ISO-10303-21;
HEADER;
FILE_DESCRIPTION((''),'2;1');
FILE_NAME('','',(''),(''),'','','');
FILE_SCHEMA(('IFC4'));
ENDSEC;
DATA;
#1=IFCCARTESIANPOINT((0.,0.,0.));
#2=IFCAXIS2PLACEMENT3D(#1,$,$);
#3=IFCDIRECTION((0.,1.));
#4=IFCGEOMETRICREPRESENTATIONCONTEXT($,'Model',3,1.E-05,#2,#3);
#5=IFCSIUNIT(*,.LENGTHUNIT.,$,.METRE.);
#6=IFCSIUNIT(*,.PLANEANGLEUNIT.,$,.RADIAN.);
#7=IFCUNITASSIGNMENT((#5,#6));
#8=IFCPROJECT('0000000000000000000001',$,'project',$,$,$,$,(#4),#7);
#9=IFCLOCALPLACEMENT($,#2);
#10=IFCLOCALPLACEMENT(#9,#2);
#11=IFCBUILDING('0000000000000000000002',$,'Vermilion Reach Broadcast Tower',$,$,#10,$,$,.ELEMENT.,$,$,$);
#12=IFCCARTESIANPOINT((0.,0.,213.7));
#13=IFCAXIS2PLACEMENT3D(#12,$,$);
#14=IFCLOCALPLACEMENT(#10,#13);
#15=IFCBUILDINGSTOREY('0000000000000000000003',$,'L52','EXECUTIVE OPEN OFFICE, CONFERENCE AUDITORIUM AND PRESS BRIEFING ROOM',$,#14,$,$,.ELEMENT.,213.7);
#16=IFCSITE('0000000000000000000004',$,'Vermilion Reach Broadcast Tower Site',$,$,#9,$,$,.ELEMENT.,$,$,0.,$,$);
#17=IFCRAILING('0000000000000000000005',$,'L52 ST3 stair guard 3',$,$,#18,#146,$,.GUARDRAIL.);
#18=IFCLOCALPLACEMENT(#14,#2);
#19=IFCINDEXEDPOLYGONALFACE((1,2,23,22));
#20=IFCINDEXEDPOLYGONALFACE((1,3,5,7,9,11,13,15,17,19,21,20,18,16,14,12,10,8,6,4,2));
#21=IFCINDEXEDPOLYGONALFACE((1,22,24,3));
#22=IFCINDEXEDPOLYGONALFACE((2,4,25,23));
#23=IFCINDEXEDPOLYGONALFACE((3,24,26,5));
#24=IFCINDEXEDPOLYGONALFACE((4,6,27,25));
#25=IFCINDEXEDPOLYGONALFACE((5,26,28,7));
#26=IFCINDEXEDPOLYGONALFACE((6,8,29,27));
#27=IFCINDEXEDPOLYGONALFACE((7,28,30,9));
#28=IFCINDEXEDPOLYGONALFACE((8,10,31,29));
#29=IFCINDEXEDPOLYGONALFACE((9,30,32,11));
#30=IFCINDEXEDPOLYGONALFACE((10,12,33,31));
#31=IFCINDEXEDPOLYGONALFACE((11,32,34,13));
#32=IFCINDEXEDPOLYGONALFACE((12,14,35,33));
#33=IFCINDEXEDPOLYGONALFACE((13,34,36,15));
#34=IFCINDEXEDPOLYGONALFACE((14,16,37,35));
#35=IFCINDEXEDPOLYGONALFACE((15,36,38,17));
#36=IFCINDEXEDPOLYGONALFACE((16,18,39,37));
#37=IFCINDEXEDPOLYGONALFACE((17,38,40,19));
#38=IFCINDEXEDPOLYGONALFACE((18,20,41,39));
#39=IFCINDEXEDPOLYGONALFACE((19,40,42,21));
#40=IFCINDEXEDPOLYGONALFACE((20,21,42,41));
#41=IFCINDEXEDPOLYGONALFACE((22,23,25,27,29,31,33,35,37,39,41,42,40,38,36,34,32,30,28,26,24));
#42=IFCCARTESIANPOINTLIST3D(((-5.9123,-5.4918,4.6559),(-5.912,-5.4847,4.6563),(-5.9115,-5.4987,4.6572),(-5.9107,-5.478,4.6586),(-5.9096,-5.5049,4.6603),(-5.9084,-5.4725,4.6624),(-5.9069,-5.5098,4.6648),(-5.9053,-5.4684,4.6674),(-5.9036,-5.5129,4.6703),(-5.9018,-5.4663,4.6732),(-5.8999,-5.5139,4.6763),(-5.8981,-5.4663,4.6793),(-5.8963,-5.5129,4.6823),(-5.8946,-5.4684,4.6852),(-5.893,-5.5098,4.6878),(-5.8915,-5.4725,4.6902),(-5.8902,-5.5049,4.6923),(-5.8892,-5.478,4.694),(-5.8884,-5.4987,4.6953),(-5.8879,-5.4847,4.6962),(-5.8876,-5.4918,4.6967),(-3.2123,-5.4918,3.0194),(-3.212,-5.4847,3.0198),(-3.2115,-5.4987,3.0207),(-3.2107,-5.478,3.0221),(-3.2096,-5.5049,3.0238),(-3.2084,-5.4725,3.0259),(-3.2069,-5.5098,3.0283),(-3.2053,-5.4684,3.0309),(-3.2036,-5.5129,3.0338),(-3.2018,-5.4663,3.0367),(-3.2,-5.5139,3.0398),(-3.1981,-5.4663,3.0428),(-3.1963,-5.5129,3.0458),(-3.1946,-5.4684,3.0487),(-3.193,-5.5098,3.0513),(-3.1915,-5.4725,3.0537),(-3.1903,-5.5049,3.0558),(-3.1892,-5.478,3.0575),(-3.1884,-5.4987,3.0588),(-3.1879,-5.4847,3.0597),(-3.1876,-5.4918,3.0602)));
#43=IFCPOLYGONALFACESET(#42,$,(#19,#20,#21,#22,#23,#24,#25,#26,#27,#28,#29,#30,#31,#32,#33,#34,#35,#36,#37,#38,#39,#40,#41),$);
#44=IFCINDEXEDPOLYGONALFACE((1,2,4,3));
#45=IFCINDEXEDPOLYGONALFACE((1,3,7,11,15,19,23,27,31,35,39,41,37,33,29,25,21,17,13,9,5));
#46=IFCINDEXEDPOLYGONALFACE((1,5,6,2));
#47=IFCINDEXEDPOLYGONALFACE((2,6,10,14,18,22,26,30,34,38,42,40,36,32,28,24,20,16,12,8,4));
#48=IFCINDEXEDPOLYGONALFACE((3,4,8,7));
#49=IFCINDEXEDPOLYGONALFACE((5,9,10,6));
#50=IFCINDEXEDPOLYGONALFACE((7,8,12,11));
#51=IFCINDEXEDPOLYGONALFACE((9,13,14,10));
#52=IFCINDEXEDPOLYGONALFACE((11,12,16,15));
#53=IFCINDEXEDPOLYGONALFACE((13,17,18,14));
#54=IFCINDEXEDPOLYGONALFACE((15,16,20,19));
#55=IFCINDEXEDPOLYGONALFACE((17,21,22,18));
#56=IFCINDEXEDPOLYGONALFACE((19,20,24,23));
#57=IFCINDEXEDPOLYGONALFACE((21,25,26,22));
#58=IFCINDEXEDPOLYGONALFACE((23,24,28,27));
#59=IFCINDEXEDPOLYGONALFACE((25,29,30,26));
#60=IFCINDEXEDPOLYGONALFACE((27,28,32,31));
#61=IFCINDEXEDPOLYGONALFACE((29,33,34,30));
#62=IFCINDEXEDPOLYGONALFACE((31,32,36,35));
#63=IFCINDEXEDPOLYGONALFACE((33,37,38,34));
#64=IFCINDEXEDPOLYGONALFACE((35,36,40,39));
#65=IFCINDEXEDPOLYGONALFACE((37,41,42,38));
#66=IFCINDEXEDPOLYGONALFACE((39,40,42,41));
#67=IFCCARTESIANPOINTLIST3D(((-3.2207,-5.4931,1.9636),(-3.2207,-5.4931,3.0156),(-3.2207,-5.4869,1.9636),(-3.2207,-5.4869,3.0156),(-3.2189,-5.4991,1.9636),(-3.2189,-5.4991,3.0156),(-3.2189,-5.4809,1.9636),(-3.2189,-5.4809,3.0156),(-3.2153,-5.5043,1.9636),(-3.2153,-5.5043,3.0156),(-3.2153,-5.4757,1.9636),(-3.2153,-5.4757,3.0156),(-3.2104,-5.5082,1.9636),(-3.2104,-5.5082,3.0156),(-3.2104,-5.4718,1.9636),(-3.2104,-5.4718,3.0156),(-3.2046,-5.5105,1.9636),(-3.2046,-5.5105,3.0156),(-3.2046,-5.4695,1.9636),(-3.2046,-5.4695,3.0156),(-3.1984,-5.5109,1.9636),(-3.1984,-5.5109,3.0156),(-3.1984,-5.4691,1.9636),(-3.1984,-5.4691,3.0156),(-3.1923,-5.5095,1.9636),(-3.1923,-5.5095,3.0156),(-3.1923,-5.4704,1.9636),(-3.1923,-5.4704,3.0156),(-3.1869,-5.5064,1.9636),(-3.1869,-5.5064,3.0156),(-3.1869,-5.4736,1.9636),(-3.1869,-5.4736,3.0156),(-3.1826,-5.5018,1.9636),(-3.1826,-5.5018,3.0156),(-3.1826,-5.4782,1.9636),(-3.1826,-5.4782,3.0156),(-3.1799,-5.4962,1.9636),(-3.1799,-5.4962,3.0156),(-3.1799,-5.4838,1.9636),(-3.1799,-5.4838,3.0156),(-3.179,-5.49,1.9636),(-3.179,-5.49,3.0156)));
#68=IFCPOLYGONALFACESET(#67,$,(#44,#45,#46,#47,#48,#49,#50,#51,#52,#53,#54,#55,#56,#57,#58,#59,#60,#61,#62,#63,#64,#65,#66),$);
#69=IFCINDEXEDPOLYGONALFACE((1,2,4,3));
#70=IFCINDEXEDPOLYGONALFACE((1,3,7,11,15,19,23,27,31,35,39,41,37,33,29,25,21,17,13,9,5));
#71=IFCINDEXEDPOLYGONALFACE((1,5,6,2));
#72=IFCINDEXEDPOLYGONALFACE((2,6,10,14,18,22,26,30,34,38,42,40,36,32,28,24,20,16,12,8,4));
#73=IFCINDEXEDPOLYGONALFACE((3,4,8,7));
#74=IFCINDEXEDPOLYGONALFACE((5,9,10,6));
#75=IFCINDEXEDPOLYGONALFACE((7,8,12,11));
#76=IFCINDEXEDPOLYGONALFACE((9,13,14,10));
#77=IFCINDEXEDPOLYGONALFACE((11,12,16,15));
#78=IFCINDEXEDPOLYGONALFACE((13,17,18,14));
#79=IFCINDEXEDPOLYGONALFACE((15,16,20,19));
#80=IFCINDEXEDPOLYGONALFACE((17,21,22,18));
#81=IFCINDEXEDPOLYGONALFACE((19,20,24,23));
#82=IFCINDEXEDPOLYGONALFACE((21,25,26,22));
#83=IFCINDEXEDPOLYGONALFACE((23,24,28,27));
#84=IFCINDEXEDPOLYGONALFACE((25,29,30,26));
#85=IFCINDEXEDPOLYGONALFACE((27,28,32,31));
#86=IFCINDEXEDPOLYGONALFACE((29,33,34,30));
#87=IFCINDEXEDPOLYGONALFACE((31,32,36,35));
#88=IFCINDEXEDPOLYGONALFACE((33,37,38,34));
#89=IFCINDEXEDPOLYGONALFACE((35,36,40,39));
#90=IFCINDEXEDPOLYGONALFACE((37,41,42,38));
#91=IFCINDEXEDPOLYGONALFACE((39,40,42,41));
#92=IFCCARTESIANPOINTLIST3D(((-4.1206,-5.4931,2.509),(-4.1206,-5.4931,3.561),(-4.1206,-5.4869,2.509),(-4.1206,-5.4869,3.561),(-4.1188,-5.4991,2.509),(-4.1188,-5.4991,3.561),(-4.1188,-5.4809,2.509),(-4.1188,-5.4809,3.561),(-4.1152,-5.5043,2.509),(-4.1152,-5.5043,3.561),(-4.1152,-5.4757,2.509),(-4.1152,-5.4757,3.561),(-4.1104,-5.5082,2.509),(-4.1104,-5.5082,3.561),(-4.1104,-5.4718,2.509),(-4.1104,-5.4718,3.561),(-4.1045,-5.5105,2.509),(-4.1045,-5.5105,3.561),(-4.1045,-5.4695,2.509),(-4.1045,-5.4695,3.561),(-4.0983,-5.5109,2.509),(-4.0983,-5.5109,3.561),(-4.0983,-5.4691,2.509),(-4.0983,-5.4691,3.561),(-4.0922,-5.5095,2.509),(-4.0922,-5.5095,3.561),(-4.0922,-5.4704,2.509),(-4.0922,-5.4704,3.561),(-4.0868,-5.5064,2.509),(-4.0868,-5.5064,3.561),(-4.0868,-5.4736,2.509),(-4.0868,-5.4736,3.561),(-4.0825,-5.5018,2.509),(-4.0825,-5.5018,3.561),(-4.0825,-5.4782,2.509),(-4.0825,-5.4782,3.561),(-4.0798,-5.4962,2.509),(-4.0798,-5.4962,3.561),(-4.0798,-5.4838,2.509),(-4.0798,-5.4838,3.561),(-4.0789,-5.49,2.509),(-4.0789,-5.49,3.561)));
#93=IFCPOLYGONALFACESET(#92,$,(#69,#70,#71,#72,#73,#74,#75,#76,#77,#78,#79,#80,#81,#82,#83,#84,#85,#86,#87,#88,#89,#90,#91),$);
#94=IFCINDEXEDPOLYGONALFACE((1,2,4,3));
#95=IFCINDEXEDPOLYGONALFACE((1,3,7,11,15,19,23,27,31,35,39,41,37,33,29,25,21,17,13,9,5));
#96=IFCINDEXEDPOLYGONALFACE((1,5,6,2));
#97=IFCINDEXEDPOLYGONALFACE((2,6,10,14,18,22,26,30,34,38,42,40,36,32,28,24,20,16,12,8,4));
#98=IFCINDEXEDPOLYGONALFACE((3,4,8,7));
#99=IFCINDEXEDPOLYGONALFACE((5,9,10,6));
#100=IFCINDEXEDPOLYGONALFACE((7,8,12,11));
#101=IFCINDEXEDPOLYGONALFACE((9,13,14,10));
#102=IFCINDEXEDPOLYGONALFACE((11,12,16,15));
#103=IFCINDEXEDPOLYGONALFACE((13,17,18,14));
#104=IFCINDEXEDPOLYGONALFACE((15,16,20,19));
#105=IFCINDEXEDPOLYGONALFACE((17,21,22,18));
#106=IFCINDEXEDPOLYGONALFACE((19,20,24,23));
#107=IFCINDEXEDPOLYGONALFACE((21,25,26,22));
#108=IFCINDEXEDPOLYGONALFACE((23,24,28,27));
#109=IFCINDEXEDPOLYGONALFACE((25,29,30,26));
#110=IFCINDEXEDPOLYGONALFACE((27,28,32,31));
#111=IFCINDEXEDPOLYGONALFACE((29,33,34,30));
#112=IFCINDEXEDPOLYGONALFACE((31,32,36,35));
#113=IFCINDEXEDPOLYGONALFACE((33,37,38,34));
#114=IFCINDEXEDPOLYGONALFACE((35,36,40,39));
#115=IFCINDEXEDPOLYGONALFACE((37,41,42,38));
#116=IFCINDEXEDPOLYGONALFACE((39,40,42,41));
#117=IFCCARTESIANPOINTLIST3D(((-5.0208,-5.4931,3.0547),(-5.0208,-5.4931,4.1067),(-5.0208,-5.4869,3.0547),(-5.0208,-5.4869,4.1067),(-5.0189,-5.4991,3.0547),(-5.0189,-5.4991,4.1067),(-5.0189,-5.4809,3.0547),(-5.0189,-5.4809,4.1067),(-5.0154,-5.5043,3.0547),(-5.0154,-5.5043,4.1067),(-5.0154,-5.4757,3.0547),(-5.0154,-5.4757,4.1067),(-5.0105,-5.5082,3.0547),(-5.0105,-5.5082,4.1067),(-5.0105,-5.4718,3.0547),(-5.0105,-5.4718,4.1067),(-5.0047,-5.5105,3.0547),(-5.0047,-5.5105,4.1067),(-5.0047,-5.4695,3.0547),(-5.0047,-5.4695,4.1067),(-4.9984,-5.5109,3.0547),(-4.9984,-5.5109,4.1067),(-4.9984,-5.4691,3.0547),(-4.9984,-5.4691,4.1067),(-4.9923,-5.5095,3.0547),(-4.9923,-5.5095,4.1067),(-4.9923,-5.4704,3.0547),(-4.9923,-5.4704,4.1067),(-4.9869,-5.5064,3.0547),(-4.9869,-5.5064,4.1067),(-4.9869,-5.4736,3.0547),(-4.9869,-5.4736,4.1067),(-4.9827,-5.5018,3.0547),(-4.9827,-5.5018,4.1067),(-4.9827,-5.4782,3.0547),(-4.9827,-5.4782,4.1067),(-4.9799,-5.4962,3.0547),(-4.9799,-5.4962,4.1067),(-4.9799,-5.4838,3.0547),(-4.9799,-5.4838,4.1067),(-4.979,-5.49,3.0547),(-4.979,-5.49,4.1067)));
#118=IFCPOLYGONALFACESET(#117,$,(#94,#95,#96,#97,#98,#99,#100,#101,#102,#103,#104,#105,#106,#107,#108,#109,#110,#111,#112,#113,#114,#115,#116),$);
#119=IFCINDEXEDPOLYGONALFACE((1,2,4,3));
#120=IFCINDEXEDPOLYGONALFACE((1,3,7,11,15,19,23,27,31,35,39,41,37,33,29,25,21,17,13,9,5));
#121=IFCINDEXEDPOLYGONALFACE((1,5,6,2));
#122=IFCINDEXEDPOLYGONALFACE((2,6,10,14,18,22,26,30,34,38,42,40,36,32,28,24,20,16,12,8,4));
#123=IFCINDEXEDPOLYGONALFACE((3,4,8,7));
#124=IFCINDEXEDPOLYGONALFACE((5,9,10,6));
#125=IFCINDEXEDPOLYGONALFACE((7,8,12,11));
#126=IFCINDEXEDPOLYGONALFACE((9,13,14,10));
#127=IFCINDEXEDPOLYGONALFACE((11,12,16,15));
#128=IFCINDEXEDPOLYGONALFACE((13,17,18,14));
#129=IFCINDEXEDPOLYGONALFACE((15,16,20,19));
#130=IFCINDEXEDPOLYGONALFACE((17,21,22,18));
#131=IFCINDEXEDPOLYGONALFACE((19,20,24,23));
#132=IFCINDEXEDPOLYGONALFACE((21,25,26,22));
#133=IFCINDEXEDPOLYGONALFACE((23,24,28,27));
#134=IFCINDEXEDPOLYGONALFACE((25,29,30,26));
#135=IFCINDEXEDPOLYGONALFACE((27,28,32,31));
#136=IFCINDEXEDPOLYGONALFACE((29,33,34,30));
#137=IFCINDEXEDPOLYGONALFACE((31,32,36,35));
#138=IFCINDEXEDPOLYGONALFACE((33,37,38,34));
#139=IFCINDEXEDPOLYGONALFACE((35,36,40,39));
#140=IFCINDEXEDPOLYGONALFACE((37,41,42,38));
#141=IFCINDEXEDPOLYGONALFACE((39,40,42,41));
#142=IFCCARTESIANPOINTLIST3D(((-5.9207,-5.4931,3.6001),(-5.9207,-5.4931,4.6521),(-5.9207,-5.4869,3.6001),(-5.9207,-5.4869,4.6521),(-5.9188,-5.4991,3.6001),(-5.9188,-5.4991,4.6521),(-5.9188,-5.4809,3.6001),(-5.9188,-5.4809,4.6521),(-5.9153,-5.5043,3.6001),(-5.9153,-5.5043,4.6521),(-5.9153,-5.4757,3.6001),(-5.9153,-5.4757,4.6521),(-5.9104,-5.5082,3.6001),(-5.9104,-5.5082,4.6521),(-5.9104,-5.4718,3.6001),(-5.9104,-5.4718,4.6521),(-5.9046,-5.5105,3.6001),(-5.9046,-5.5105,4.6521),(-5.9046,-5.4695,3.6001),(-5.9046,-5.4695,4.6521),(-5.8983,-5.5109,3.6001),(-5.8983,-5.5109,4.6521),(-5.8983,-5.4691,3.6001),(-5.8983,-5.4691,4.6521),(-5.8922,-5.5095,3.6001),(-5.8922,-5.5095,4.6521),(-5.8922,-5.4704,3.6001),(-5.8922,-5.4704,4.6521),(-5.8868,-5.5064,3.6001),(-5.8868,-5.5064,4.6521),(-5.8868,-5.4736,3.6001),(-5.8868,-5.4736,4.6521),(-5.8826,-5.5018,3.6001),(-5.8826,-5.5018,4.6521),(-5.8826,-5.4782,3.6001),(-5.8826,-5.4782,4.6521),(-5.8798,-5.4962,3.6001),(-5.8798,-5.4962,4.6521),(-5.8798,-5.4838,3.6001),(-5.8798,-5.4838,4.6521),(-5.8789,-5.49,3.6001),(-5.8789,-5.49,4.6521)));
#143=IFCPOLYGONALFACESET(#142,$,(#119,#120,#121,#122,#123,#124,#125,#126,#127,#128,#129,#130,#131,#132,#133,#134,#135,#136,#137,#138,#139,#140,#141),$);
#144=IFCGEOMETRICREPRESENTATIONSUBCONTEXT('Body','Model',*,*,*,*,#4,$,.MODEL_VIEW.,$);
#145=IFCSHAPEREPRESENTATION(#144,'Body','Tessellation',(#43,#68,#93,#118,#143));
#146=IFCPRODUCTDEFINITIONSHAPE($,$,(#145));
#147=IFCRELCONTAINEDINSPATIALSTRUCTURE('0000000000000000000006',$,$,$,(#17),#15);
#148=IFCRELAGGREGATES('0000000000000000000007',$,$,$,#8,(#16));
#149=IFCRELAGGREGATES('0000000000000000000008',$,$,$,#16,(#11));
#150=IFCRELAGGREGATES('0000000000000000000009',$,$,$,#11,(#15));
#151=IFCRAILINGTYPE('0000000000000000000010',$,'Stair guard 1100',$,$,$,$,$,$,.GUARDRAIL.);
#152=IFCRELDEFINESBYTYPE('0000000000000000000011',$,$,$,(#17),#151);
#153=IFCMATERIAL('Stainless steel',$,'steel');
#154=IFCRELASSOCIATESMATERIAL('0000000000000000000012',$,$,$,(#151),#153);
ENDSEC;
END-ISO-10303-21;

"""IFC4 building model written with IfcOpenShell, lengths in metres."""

from ifc_helpers import new_model, si_unit, direction, frame, origin, origin_2d, place, context, subcontext, project, spatial, circle, extrude, material, type_object, element, save


model = new_model("IFC4")

# Units and contexts
model_context = context("Model", 3, precision=1e-05, world=origin(), true_north=direction((0.0, 1.0)))
body_context = subcontext(model_context, "Body", "Model", "MODEL_VIEW")
ifc_project = project(units=[si_unit("LENGTHUNIT", "METRE"), si_unit("PLANEANGLEUNIT", "RADIAN")], contexts=[model_context])

# Site, building, storey
site_placement = place(None, origin())
site = spatial("IfcSite", under=ifc_project, at=site_placement, Name="Vermilion Reach Broadcast Tower Site", CompositionType="ELEMENT", RefElevation=0.0)
building_placement = place(site_placement, origin())
building = spatial("IfcBuilding", under=site, at=building_placement, Name="Vermilion Reach Broadcast Tower", CompositionType="ELEMENT")
storey_placement = place(building_placement, frame((0.0, 0.0, 213.7)))
storey = spatial("IfcBuildingStorey", under=building, at=storey_placement, Name="L52", Description="EXECUTIVE OPEN OFFICE, CONFERENCE AUDITORIUM AND PRESS BRIEFING ROOM", CompositionType="ELEMENT", Elevation=213.7)

# Railing
ifc_material_1 = material(Name="Stainless steel", Category="steel")
railing_type_1 = type_object("IfcRailingType", Name="Stair guard 1100", PredefinedType="GUARDRAIL", material=ifc_material_1)
railing_1_placement = place(storey_placement, frame((-3.2, -5.49, 1.9636)))
element("IfcRailing", 1, at=railing_1_placement, inside=storey, type_object=railing_type_1, Name="L52 ST3 stair guard 3", PredefinedType="GUARDRAIL", context=body_context, shape_type="SweptSolid", body=[
    extrude(circle(Radius=0.0239, at=origin_2d()), frame((0.0, 0.0, 1.0762), z_axis=(-0.855178, 0.0, 0.518334), x_axis=(0.0, -1.0, 0.0)), (0.0, 0.0, 1.0), 3.1572),
    extrude(circle(Radius=0.021, at=origin_2d()), origin(), (0.0, 0.0, 1.0), 1.052),
    extrude(circle(Radius=0.021, at=origin_2d()), frame((-0.8999, 0.0, 0.5454)), (0.0, 0.0, 1.0), 1.052),
    extrude(circle(Radius=0.021, at=origin_2d()), frame((-1.8, 0.0, 1.0911)), (0.0, 0.0, 1.0), 1.052),
    extrude(circle(Radius=0.021, at=origin_2d()), frame((-2.7, 0.0, 1.6365)), (0.0, 0.0, 1.0), 1.052),
])

save(model, "model.ifc")
